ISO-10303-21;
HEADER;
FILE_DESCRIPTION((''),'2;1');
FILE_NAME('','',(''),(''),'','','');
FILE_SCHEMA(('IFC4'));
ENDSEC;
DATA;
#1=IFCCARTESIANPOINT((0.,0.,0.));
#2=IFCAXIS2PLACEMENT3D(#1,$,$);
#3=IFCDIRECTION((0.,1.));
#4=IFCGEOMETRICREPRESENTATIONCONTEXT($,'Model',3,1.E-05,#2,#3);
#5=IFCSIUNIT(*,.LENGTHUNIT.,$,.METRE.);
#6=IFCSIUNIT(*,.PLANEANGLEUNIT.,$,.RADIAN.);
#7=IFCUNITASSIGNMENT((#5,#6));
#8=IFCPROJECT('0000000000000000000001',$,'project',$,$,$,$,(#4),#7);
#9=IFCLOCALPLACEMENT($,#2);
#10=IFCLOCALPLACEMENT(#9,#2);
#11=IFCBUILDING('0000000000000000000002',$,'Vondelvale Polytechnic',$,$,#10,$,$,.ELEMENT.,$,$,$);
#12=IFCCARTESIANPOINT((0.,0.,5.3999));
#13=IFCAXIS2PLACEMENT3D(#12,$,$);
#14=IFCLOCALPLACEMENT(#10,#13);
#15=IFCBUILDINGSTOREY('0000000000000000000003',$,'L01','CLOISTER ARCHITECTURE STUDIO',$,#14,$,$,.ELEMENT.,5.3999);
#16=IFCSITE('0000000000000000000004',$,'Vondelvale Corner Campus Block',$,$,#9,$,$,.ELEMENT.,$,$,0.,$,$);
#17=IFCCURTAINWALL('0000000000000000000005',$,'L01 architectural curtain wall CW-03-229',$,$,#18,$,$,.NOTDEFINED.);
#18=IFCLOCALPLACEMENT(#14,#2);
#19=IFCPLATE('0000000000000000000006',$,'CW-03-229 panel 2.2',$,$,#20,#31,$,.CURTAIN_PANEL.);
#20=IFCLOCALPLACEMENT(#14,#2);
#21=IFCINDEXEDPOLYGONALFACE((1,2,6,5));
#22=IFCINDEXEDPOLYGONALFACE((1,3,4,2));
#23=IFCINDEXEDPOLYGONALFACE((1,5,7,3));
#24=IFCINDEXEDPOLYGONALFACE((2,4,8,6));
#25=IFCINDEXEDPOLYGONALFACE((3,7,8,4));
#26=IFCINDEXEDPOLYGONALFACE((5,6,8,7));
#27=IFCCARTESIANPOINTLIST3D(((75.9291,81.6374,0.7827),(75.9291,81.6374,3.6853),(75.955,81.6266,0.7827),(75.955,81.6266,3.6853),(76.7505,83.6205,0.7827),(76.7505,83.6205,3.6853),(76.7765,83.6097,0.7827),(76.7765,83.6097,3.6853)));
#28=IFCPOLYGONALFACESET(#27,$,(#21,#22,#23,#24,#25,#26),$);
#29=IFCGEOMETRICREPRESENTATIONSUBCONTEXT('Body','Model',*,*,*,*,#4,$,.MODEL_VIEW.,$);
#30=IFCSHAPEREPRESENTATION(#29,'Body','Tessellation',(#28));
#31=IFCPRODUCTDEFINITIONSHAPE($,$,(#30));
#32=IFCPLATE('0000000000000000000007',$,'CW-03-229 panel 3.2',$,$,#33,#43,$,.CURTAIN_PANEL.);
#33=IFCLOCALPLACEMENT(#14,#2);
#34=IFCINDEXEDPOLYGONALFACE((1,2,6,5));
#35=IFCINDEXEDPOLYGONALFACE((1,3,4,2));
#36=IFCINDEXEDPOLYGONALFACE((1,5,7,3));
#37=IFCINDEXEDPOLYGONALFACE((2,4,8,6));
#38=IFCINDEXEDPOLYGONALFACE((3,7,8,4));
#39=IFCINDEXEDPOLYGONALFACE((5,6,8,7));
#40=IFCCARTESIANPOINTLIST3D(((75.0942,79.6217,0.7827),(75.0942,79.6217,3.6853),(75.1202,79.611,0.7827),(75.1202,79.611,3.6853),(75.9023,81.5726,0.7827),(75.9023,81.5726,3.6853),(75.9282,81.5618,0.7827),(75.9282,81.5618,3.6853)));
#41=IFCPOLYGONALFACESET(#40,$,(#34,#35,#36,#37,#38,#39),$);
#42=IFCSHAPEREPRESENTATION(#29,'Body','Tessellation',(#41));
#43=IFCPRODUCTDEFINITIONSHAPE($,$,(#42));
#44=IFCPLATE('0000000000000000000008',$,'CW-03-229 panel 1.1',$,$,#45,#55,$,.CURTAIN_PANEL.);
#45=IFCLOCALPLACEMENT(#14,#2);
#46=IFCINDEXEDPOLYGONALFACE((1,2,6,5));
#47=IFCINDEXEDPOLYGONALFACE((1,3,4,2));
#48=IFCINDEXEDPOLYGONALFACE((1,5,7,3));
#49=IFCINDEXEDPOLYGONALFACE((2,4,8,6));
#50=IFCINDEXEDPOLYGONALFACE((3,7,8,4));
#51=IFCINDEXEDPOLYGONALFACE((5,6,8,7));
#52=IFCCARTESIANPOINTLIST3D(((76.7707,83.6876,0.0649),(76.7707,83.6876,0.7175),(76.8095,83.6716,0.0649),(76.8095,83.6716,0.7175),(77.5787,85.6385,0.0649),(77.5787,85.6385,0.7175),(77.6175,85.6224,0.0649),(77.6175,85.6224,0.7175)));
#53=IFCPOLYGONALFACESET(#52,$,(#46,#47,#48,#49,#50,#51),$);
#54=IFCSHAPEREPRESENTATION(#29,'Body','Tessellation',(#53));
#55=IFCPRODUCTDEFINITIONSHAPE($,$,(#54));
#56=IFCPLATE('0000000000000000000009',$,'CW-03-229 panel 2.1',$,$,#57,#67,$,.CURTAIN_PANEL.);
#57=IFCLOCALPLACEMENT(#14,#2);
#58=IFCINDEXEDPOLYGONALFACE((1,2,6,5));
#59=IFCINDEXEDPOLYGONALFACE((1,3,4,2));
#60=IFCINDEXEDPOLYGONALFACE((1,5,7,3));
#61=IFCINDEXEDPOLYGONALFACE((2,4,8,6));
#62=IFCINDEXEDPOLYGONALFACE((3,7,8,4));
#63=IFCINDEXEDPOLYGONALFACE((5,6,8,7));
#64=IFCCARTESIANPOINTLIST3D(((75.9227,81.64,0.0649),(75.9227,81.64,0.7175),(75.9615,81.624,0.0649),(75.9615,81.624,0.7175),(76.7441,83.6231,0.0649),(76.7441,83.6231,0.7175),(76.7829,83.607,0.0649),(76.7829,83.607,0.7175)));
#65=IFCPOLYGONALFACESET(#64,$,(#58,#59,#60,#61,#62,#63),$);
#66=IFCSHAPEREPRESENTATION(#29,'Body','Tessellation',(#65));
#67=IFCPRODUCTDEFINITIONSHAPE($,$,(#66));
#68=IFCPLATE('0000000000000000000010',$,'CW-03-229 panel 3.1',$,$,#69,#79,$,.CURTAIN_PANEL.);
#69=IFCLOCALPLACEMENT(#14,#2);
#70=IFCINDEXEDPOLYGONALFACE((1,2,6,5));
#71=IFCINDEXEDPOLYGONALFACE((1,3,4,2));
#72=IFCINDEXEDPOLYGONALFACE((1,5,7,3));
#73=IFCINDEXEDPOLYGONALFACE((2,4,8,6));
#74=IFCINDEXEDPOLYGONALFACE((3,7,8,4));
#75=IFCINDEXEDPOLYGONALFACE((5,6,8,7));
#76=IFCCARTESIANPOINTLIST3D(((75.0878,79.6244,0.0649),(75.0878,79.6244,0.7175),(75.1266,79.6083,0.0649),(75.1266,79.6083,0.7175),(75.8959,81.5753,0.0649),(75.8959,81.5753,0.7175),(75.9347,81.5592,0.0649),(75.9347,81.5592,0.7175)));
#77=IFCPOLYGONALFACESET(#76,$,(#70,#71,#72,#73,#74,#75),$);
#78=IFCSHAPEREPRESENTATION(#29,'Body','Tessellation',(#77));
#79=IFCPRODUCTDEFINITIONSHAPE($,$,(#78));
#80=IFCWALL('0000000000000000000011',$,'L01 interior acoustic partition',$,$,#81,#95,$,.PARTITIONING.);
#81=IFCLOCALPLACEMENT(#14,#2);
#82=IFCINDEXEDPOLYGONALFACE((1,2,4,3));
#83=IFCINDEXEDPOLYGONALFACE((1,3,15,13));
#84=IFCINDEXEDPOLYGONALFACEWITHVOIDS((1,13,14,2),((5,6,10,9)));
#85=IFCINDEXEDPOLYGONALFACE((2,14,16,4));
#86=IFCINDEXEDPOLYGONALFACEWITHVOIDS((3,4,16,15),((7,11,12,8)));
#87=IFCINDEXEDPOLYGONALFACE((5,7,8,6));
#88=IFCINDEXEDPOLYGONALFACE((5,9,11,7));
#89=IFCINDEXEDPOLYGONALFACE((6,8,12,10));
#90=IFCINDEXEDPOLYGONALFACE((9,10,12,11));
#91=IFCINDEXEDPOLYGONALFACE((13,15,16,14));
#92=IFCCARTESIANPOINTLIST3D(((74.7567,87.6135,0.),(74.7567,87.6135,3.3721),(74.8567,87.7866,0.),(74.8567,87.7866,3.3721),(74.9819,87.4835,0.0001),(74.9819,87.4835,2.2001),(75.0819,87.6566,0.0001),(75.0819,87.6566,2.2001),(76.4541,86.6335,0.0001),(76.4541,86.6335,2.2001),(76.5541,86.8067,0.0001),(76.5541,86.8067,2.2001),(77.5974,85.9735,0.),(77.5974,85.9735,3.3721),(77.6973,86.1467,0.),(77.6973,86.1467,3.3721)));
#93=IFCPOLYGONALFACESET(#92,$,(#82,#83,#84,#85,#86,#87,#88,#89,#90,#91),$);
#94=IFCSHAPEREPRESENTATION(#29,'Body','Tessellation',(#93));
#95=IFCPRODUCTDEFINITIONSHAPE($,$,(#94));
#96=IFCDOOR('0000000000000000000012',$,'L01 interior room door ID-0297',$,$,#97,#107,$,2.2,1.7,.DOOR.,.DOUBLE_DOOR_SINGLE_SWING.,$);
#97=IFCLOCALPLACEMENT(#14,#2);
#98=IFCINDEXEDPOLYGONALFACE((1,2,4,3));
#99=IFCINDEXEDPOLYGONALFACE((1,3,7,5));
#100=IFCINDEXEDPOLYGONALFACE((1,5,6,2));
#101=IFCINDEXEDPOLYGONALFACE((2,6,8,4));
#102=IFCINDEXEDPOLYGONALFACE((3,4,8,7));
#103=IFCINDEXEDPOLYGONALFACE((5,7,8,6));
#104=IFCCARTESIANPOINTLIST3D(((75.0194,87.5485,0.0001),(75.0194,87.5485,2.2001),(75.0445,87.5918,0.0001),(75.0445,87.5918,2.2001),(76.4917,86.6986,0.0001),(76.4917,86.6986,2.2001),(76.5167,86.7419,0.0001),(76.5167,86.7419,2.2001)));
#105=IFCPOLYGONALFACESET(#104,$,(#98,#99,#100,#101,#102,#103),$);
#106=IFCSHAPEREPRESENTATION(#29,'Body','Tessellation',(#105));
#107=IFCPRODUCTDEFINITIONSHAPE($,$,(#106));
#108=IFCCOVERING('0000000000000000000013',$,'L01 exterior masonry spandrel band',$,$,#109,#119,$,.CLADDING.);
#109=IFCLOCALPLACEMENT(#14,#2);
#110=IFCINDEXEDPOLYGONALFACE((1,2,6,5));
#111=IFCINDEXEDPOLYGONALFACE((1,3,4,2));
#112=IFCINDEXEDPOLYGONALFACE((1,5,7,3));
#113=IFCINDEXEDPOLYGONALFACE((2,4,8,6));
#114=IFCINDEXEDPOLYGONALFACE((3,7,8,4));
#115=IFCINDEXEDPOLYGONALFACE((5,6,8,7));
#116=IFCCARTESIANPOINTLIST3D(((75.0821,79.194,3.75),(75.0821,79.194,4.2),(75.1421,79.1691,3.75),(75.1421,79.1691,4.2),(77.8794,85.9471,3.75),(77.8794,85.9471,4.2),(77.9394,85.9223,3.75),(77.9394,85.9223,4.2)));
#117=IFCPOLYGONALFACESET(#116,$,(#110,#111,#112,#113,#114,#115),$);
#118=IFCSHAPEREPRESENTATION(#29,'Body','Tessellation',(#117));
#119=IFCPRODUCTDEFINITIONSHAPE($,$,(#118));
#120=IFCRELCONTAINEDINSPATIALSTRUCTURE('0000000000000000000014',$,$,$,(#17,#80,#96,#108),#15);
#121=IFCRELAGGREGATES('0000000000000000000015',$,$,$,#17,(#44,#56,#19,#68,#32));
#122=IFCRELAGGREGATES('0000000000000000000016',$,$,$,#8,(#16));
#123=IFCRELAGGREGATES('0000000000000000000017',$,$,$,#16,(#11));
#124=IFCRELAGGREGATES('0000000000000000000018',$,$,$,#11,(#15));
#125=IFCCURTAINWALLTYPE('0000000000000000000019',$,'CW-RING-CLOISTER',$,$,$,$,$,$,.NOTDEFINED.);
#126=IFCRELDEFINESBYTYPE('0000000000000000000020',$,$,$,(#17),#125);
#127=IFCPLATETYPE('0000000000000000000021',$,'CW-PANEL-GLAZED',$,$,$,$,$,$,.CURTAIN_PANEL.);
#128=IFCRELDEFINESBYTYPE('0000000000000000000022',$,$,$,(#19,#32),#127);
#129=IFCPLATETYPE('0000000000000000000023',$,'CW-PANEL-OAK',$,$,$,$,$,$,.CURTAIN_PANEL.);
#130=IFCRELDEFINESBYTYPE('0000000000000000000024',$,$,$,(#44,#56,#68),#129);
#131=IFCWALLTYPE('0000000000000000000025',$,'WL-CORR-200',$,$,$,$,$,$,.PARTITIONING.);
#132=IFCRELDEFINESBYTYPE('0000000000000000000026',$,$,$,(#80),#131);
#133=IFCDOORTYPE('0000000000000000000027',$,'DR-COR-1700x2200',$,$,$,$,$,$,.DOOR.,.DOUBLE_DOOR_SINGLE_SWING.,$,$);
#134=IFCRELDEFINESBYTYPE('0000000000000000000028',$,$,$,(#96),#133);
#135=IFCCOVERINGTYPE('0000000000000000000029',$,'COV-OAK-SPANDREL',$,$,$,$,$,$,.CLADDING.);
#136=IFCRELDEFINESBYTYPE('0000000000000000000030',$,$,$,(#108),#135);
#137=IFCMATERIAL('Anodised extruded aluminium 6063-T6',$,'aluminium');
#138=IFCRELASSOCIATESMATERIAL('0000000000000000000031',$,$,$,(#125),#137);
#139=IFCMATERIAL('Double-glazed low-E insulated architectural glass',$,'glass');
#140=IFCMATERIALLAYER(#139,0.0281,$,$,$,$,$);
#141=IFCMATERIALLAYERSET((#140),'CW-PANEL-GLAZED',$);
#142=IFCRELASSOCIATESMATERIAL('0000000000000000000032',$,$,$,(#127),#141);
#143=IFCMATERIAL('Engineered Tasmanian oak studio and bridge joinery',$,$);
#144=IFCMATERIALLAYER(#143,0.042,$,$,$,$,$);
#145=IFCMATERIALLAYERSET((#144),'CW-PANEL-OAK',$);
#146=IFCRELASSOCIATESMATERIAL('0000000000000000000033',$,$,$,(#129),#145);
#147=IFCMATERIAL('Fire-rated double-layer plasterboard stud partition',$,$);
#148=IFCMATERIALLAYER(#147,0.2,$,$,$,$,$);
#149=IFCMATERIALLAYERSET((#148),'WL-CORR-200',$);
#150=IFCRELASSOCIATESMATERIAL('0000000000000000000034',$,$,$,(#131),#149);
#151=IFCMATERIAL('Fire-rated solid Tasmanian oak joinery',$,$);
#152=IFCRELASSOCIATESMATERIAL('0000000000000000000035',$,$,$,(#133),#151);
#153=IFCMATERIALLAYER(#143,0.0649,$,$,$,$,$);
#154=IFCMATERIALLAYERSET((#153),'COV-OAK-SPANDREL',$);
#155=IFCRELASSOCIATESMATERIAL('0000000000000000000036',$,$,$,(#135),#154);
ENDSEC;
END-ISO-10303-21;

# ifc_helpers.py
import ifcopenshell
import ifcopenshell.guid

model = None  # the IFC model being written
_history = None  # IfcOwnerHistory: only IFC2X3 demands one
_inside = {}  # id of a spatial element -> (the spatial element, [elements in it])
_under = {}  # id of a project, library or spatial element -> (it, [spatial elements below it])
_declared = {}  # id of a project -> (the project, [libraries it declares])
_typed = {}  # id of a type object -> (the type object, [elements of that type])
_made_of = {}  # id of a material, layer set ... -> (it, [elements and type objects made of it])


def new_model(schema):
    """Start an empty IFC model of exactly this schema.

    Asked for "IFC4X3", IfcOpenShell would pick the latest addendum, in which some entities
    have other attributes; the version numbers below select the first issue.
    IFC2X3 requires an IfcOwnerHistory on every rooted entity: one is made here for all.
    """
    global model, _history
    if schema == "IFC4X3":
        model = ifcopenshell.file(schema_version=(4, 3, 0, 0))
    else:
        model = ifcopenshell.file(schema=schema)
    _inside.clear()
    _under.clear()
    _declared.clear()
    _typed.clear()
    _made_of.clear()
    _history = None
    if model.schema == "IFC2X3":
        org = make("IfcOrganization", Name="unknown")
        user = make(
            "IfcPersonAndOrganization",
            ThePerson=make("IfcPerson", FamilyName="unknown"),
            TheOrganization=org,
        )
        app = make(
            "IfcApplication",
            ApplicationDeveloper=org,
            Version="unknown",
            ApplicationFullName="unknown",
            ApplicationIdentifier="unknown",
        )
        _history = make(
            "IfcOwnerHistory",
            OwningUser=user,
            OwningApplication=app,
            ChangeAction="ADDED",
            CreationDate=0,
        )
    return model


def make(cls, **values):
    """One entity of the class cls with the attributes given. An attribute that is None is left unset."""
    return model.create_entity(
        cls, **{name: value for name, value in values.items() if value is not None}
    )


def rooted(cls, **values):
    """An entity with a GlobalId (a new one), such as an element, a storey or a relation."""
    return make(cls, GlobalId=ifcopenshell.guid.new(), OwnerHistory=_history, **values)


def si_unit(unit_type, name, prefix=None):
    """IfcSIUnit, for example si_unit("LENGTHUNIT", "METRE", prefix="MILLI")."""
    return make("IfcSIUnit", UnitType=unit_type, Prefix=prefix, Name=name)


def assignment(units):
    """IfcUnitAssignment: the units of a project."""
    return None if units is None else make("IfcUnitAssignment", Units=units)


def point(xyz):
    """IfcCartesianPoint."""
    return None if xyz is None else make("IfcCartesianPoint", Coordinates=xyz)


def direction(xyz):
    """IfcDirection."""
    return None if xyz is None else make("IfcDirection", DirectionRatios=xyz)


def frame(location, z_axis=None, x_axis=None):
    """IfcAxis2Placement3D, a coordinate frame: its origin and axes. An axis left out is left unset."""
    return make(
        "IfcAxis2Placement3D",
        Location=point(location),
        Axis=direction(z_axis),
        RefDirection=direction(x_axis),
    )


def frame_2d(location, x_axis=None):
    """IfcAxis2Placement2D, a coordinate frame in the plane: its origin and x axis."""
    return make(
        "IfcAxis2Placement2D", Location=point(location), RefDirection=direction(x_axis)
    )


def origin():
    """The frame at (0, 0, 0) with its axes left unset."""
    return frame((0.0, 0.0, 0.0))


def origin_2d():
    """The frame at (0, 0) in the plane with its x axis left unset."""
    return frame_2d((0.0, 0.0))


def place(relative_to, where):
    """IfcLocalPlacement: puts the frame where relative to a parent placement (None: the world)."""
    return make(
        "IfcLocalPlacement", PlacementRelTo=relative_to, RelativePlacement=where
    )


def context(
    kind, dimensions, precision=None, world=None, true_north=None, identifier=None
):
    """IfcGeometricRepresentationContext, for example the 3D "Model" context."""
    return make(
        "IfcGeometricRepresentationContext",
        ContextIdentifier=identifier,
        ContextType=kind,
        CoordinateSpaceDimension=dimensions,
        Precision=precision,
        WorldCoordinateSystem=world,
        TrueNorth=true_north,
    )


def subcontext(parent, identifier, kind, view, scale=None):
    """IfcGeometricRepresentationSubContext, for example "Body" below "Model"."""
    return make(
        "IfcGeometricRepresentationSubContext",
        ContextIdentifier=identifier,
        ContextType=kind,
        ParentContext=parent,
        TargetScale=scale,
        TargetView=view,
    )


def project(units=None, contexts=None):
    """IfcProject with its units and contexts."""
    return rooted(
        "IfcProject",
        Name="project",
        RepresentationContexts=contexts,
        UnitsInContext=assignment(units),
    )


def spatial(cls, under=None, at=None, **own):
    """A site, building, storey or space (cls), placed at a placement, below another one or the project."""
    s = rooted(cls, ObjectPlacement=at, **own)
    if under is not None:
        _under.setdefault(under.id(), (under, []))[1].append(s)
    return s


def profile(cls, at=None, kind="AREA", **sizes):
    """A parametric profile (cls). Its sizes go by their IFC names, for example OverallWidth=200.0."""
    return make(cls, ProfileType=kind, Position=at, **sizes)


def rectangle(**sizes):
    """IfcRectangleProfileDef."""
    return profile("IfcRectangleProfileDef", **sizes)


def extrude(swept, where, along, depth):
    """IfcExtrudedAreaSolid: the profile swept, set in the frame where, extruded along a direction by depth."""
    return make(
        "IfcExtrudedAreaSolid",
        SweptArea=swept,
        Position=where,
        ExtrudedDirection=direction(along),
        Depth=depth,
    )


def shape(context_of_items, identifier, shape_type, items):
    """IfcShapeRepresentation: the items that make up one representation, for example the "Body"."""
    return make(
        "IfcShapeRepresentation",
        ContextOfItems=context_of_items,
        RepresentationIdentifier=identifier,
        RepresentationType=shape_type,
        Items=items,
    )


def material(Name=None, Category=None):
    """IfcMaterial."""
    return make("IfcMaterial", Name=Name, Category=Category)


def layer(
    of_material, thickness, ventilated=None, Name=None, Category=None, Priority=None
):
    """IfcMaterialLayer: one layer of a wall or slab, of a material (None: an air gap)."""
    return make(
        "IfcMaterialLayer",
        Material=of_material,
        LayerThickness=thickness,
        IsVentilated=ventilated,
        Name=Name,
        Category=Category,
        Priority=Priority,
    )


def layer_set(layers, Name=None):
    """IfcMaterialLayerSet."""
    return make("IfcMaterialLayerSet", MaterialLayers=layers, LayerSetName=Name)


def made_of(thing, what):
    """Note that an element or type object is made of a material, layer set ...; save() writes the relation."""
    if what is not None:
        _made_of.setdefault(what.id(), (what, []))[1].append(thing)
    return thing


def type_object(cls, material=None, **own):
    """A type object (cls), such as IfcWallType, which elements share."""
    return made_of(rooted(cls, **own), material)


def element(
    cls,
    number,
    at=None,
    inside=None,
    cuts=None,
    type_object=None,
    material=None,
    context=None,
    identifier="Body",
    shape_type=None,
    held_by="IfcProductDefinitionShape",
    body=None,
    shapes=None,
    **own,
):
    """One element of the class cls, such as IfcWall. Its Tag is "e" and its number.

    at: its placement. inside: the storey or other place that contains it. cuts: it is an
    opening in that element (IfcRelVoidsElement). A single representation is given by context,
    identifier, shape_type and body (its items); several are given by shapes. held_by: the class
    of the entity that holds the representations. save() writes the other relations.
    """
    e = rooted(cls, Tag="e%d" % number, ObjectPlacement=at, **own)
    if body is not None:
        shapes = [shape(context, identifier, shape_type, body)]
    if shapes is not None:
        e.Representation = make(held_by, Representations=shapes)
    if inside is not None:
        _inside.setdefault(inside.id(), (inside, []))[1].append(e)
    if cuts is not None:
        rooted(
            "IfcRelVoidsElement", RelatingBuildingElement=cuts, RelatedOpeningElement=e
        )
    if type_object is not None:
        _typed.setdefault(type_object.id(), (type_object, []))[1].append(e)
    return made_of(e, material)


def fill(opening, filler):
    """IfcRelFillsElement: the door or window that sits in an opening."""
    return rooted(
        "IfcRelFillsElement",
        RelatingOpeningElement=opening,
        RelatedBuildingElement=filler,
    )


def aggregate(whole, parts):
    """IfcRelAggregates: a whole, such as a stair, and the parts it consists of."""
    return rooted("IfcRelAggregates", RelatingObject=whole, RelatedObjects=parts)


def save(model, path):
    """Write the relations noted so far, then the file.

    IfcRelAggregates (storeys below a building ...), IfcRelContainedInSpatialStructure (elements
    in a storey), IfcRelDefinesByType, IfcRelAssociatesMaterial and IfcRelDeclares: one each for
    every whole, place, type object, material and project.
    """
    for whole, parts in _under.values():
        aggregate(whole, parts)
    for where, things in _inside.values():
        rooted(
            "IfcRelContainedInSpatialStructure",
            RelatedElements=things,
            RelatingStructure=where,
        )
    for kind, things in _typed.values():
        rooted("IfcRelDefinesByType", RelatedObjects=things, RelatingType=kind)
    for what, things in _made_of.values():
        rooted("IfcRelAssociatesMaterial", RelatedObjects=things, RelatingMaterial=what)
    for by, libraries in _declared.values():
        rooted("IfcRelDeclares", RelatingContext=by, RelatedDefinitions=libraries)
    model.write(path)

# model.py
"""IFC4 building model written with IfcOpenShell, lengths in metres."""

from ifc_helpers import new_model, si_unit, direction, frame, frame_2d, origin, origin_2d, place, context, subcontext, project, spatial, rectangle, extrude, material, layer, layer_set, type_object, element, fill, aggregate, save


model = new_model("IFC4")

# Units and contexts
model_context = context("Model", 3, precision=1e-05, world=origin(), true_north=direction((0.0, 1.0)))
body_context = subcontext(model_context, "Body", "Model", "MODEL_VIEW")
ifc_project = project(units=[si_unit("LENGTHUNIT", "METRE"), si_unit("PLANEANGLEUNIT", "RADIAN")], contexts=[model_context])

# Site, building, storey
site_placement = place(None, origin())
site = spatial("IfcSite", under=ifc_project, at=site_placement, Name="Vondelvale Corner Campus Block", CompositionType="ELEMENT", RefElevation=0.0)
building_placement = place(site_placement, origin())
building = spatial("IfcBuilding", under=site, at=building_placement, Name="Vondelvale Polytechnic", CompositionType="ELEMENT")
storey_placement = place(building_placement, frame((0.0, 0.0, 5.3999)))
storey = spatial("IfcBuildingStorey", under=building, at=storey_placement, Name="L01", Description="CLOISTER ARCHITECTURE STUDIO", CompositionType="ELEMENT", Elevation=5.3999)

# Curtain wall, plates
ifc_material_1 = material(Name="Anodised extruded aluminium 6063-T6", Category="aluminium")
curtain_wall_type = type_object("IfcCurtainWallType", Name="CW-RING-CLOISTER", PredefinedType="NOTDEFINED", material=ifc_material_1)
curtain_wall_placement = place(storey_placement, origin())
curtain_wall = element("IfcCurtainWall", 1, at=curtain_wall_placement, inside=storey, type_object=curtain_wall_type, Name="L01 architectural curtain wall CW-03-229", PredefinedType="NOTDEFINED")
ifc_material_2 = material(Name="Double-glazed low-E insulated architectural glass", Category="glass")
ifc_layer_1 = layer(ifc_material_2, 0.0281)
ifc_layer_set_1 = layer_set([ifc_layer_1], Name="CW-PANEL-GLAZED")
plate_type_1 = type_object("IfcPlateType", Name="CW-PANEL-GLAZED", PredefinedType="CURTAIN_PANEL", material=ifc_layer_set_1)
plate_1_placement = place(storey_placement, frame((76.3528, 82.6235, 0.7827), z_axis=(0.0, 0.0, 1.0), x_axis=(-0.382679, -0.923882, 0.0)))
plate_1 = element("IfcPlate", 2, at=plate_1_placement, type_object=plate_type_1, Name="CW-03-229 panel 2.2", PredefinedType="CURTAIN_PANEL", context=body_context, shape_type="SweptSolid", body=[
    extrude(rectangle(XDim=2.1465, YDim=0.0281, at=origin_2d()), origin(), (0.0, 0.0, 1.0), 2.9026),
])
plate_2_placement = place(storey_placement, frame((75.5112, 80.5918, 0.7827), z_axis=(0.0, 0.0, 1.0), x_axis=(-0.382679, -0.923882, 0.0)))
plate_2 = element("IfcPlate", 3, at=plate_2_placement, type_object=plate_type_1, Name="CW-03-229 panel 3.2", PredefinedType="CURTAIN_PANEL", context=body_context, shape_type="SweptSolid", body=[
    extrude(rectangle(XDim=2.1116, YDim=0.0281, at=origin_2d()), origin(), (0.0, 0.0, 1.0), 2.9026),
])
ifc_material_3 = material(Name="Engineered Tasmanian oak studio and bridge joinery")
ifc_layer_2 = layer(ifc_material_3, 0.042)
ifc_layer_set_2 = layer_set([ifc_layer_2], Name="CW-PANEL-OAK")
plate_type_2 = type_object("IfcPlateType", Name="CW-PANEL-OAK", PredefinedType="CURTAIN_PANEL", material=ifc_layer_set_2)
plate_3_placement = place(storey_placement, frame((77.1941, 84.655, 0.0649), z_axis=(0.0, 0.0, 1.0), x_axis=(-0.382679, -0.923882, 0.0)))
plate_3 = element("IfcPlate", 4, at=plate_3_placement, type_object=plate_type_2, Name="CW-03-229 panel 1.1", PredefinedType="CURTAIN_PANEL", context=body_context, shape_type="SweptSolid", body=[
    extrude(rectangle(XDim=2.1116, YDim=0.042, at=origin_2d()), origin(), (0.0, 0.0, 1.0), 0.6526),
])
plate_4_placement = place(storey_placement, frame((76.3528, 82.6235, 0.0649), z_axis=(0.0, 0.0, 1.0), x_axis=(-0.382679, -0.923882, 0.0)))
plate_4 = element("IfcPlate", 5, at=plate_4_placement, type_object=plate_type_2, Name="CW-03-229 panel 2.1", PredefinedType="CURTAIN_PANEL", context=body_context, shape_type="SweptSolid", body=[
    extrude(rectangle(XDim=2.1465, YDim=0.042, at=origin_2d()), origin(), (0.0, 0.0, 1.0), 0.6526),
])
plate_5_placement = place(storey_placement, frame((75.5112, 80.5918, 0.0649), z_axis=(0.0, 0.0, 1.0), x_axis=(-0.382679, -0.923882, 0.0)))
plate_5 = element("IfcPlate", 6, at=plate_5_placement, type_object=plate_type_2, Name="CW-03-229 panel 3.1", PredefinedType="CURTAIN_PANEL", context=body_context, shape_type="SweptSolid", body=[
    extrude(rectangle(XDim=2.1116, YDim=0.042, at=origin_2d()), origin(), (0.0, 0.0, 1.0), 0.6526),
])
aggregate(curtain_wall, [plate_3, plate_4, plate_1, plate_5, plate_2])

# Wall, opening, door
ifc_material_4 = material(Name="Fire-rated double-layer plasterboard stud partition")
ifc_layer_3 = layer(ifc_material_4, 0.2)
ifc_layer_set_3 = layer_set([ifc_layer_3], Name="WL-CORR-200")
wall_type = type_object("IfcWallType", Name="WL-CORR-200", PredefinedType="PARTITIONING", material=ifc_layer_set_3)
wall_placement = place(storey_placement, frame((77.6475, 86.0601, 0.0), z_axis=(0.0, 0.0, 1.0), x_axis=(-0.866041, 0.499974, 0.0)))
wall = element("IfcWall", 7, at=wall_placement, inside=storey, type_object=wall_type, Name="L01 interior acoustic partition", PredefinedType="PARTITIONING", context=body_context, shape_type="SweptSolid", body=[
    extrude(rectangle(XDim=3.28, YDim=0.2, at=frame_2d((1.6401, 0.0))), origin(), (0.0, 0.0, 1.0), 3.3721),
])
opening_placement = place(wall_placement, frame((1.3201, 0.0, 0.0)))
opening = element("IfcOpeningElement", 8, at=opening_placement, cuts=wall, PredefinedType="OPENING", context=body_context, shape_type="SweptSolid", body=[
    extrude(rectangle(XDim=1.7, YDim=2.2, at=frame_2d((0.8501, 1.1001))), frame((0.0, 0.1099, 0.0), z_axis=(0.0, -1.0, 0.0), x_axis=(1.0, 0.0, 0.0)), (0.0, 0.0, 1.0), 0.22),
])
ifc_material_5 = material(Name="Fire-rated solid Tasmanian oak joinery")
door_type = type_object("IfcDoorType", Name="DR-COR-1700x2200", OperationType="DOUBLE_DOOR_SINGLE_SWING", PredefinedType="DOOR", material=ifc_material_5)
door_placement = place(opening_placement, origin())
door = element("IfcDoor", 9, at=door_placement, inside=storey, type_object=door_type, Name="L01 interior room door ID-0297", OperationType="DOUBLE_DOOR_SINGLE_SWING", OverallHeight=2.2, OverallWidth=1.7, PredefinedType="DOOR", context=body_context, shape_type="SweptSolid", body=[
    extrude(rectangle(XDim=1.7, YDim=2.2, at=frame_2d((0.8501, 1.1001))), frame((0.0, 0.0249, 0.0), z_axis=(0.0, -1.0, 0.0), x_axis=(1.0, 0.0, 0.0)), (0.0, 0.0, 1.0), 0.05),
])
fill(opening, door)

# Covering
ifc_layer_4 = layer(ifc_material_3, 0.0649)
ifc_layer_set_4 = layer_set([ifc_layer_4], Name="COV-OAK-SPANDREL")
covering_type = type_object("IfcCoveringType", Name="COV-OAK-SPANDREL", PredefinedType="CLADDING", material=ifc_layer_set_4)
covering_placement = place(storey_placement, frame((76.5107, 82.5581, 3.75), z_axis=(0.0, 0.0, 1.0), x_axis=(-0.382683, -0.92388, 0.0)))
element("IfcCovering", 10, at=covering_placement, inside=storey, type_object=covering_type, Name="L01 exterior masonry spandrel band", PredefinedType="CLADDING", context=body_context, shape_type="SweptSolid", body=[
    extrude(rectangle(XDim=7.3096, YDim=0.0649, at=origin_2d()), origin(), (0.0, 0.0, 1.0), 0.45),
])

save(model, "model.ifc")
